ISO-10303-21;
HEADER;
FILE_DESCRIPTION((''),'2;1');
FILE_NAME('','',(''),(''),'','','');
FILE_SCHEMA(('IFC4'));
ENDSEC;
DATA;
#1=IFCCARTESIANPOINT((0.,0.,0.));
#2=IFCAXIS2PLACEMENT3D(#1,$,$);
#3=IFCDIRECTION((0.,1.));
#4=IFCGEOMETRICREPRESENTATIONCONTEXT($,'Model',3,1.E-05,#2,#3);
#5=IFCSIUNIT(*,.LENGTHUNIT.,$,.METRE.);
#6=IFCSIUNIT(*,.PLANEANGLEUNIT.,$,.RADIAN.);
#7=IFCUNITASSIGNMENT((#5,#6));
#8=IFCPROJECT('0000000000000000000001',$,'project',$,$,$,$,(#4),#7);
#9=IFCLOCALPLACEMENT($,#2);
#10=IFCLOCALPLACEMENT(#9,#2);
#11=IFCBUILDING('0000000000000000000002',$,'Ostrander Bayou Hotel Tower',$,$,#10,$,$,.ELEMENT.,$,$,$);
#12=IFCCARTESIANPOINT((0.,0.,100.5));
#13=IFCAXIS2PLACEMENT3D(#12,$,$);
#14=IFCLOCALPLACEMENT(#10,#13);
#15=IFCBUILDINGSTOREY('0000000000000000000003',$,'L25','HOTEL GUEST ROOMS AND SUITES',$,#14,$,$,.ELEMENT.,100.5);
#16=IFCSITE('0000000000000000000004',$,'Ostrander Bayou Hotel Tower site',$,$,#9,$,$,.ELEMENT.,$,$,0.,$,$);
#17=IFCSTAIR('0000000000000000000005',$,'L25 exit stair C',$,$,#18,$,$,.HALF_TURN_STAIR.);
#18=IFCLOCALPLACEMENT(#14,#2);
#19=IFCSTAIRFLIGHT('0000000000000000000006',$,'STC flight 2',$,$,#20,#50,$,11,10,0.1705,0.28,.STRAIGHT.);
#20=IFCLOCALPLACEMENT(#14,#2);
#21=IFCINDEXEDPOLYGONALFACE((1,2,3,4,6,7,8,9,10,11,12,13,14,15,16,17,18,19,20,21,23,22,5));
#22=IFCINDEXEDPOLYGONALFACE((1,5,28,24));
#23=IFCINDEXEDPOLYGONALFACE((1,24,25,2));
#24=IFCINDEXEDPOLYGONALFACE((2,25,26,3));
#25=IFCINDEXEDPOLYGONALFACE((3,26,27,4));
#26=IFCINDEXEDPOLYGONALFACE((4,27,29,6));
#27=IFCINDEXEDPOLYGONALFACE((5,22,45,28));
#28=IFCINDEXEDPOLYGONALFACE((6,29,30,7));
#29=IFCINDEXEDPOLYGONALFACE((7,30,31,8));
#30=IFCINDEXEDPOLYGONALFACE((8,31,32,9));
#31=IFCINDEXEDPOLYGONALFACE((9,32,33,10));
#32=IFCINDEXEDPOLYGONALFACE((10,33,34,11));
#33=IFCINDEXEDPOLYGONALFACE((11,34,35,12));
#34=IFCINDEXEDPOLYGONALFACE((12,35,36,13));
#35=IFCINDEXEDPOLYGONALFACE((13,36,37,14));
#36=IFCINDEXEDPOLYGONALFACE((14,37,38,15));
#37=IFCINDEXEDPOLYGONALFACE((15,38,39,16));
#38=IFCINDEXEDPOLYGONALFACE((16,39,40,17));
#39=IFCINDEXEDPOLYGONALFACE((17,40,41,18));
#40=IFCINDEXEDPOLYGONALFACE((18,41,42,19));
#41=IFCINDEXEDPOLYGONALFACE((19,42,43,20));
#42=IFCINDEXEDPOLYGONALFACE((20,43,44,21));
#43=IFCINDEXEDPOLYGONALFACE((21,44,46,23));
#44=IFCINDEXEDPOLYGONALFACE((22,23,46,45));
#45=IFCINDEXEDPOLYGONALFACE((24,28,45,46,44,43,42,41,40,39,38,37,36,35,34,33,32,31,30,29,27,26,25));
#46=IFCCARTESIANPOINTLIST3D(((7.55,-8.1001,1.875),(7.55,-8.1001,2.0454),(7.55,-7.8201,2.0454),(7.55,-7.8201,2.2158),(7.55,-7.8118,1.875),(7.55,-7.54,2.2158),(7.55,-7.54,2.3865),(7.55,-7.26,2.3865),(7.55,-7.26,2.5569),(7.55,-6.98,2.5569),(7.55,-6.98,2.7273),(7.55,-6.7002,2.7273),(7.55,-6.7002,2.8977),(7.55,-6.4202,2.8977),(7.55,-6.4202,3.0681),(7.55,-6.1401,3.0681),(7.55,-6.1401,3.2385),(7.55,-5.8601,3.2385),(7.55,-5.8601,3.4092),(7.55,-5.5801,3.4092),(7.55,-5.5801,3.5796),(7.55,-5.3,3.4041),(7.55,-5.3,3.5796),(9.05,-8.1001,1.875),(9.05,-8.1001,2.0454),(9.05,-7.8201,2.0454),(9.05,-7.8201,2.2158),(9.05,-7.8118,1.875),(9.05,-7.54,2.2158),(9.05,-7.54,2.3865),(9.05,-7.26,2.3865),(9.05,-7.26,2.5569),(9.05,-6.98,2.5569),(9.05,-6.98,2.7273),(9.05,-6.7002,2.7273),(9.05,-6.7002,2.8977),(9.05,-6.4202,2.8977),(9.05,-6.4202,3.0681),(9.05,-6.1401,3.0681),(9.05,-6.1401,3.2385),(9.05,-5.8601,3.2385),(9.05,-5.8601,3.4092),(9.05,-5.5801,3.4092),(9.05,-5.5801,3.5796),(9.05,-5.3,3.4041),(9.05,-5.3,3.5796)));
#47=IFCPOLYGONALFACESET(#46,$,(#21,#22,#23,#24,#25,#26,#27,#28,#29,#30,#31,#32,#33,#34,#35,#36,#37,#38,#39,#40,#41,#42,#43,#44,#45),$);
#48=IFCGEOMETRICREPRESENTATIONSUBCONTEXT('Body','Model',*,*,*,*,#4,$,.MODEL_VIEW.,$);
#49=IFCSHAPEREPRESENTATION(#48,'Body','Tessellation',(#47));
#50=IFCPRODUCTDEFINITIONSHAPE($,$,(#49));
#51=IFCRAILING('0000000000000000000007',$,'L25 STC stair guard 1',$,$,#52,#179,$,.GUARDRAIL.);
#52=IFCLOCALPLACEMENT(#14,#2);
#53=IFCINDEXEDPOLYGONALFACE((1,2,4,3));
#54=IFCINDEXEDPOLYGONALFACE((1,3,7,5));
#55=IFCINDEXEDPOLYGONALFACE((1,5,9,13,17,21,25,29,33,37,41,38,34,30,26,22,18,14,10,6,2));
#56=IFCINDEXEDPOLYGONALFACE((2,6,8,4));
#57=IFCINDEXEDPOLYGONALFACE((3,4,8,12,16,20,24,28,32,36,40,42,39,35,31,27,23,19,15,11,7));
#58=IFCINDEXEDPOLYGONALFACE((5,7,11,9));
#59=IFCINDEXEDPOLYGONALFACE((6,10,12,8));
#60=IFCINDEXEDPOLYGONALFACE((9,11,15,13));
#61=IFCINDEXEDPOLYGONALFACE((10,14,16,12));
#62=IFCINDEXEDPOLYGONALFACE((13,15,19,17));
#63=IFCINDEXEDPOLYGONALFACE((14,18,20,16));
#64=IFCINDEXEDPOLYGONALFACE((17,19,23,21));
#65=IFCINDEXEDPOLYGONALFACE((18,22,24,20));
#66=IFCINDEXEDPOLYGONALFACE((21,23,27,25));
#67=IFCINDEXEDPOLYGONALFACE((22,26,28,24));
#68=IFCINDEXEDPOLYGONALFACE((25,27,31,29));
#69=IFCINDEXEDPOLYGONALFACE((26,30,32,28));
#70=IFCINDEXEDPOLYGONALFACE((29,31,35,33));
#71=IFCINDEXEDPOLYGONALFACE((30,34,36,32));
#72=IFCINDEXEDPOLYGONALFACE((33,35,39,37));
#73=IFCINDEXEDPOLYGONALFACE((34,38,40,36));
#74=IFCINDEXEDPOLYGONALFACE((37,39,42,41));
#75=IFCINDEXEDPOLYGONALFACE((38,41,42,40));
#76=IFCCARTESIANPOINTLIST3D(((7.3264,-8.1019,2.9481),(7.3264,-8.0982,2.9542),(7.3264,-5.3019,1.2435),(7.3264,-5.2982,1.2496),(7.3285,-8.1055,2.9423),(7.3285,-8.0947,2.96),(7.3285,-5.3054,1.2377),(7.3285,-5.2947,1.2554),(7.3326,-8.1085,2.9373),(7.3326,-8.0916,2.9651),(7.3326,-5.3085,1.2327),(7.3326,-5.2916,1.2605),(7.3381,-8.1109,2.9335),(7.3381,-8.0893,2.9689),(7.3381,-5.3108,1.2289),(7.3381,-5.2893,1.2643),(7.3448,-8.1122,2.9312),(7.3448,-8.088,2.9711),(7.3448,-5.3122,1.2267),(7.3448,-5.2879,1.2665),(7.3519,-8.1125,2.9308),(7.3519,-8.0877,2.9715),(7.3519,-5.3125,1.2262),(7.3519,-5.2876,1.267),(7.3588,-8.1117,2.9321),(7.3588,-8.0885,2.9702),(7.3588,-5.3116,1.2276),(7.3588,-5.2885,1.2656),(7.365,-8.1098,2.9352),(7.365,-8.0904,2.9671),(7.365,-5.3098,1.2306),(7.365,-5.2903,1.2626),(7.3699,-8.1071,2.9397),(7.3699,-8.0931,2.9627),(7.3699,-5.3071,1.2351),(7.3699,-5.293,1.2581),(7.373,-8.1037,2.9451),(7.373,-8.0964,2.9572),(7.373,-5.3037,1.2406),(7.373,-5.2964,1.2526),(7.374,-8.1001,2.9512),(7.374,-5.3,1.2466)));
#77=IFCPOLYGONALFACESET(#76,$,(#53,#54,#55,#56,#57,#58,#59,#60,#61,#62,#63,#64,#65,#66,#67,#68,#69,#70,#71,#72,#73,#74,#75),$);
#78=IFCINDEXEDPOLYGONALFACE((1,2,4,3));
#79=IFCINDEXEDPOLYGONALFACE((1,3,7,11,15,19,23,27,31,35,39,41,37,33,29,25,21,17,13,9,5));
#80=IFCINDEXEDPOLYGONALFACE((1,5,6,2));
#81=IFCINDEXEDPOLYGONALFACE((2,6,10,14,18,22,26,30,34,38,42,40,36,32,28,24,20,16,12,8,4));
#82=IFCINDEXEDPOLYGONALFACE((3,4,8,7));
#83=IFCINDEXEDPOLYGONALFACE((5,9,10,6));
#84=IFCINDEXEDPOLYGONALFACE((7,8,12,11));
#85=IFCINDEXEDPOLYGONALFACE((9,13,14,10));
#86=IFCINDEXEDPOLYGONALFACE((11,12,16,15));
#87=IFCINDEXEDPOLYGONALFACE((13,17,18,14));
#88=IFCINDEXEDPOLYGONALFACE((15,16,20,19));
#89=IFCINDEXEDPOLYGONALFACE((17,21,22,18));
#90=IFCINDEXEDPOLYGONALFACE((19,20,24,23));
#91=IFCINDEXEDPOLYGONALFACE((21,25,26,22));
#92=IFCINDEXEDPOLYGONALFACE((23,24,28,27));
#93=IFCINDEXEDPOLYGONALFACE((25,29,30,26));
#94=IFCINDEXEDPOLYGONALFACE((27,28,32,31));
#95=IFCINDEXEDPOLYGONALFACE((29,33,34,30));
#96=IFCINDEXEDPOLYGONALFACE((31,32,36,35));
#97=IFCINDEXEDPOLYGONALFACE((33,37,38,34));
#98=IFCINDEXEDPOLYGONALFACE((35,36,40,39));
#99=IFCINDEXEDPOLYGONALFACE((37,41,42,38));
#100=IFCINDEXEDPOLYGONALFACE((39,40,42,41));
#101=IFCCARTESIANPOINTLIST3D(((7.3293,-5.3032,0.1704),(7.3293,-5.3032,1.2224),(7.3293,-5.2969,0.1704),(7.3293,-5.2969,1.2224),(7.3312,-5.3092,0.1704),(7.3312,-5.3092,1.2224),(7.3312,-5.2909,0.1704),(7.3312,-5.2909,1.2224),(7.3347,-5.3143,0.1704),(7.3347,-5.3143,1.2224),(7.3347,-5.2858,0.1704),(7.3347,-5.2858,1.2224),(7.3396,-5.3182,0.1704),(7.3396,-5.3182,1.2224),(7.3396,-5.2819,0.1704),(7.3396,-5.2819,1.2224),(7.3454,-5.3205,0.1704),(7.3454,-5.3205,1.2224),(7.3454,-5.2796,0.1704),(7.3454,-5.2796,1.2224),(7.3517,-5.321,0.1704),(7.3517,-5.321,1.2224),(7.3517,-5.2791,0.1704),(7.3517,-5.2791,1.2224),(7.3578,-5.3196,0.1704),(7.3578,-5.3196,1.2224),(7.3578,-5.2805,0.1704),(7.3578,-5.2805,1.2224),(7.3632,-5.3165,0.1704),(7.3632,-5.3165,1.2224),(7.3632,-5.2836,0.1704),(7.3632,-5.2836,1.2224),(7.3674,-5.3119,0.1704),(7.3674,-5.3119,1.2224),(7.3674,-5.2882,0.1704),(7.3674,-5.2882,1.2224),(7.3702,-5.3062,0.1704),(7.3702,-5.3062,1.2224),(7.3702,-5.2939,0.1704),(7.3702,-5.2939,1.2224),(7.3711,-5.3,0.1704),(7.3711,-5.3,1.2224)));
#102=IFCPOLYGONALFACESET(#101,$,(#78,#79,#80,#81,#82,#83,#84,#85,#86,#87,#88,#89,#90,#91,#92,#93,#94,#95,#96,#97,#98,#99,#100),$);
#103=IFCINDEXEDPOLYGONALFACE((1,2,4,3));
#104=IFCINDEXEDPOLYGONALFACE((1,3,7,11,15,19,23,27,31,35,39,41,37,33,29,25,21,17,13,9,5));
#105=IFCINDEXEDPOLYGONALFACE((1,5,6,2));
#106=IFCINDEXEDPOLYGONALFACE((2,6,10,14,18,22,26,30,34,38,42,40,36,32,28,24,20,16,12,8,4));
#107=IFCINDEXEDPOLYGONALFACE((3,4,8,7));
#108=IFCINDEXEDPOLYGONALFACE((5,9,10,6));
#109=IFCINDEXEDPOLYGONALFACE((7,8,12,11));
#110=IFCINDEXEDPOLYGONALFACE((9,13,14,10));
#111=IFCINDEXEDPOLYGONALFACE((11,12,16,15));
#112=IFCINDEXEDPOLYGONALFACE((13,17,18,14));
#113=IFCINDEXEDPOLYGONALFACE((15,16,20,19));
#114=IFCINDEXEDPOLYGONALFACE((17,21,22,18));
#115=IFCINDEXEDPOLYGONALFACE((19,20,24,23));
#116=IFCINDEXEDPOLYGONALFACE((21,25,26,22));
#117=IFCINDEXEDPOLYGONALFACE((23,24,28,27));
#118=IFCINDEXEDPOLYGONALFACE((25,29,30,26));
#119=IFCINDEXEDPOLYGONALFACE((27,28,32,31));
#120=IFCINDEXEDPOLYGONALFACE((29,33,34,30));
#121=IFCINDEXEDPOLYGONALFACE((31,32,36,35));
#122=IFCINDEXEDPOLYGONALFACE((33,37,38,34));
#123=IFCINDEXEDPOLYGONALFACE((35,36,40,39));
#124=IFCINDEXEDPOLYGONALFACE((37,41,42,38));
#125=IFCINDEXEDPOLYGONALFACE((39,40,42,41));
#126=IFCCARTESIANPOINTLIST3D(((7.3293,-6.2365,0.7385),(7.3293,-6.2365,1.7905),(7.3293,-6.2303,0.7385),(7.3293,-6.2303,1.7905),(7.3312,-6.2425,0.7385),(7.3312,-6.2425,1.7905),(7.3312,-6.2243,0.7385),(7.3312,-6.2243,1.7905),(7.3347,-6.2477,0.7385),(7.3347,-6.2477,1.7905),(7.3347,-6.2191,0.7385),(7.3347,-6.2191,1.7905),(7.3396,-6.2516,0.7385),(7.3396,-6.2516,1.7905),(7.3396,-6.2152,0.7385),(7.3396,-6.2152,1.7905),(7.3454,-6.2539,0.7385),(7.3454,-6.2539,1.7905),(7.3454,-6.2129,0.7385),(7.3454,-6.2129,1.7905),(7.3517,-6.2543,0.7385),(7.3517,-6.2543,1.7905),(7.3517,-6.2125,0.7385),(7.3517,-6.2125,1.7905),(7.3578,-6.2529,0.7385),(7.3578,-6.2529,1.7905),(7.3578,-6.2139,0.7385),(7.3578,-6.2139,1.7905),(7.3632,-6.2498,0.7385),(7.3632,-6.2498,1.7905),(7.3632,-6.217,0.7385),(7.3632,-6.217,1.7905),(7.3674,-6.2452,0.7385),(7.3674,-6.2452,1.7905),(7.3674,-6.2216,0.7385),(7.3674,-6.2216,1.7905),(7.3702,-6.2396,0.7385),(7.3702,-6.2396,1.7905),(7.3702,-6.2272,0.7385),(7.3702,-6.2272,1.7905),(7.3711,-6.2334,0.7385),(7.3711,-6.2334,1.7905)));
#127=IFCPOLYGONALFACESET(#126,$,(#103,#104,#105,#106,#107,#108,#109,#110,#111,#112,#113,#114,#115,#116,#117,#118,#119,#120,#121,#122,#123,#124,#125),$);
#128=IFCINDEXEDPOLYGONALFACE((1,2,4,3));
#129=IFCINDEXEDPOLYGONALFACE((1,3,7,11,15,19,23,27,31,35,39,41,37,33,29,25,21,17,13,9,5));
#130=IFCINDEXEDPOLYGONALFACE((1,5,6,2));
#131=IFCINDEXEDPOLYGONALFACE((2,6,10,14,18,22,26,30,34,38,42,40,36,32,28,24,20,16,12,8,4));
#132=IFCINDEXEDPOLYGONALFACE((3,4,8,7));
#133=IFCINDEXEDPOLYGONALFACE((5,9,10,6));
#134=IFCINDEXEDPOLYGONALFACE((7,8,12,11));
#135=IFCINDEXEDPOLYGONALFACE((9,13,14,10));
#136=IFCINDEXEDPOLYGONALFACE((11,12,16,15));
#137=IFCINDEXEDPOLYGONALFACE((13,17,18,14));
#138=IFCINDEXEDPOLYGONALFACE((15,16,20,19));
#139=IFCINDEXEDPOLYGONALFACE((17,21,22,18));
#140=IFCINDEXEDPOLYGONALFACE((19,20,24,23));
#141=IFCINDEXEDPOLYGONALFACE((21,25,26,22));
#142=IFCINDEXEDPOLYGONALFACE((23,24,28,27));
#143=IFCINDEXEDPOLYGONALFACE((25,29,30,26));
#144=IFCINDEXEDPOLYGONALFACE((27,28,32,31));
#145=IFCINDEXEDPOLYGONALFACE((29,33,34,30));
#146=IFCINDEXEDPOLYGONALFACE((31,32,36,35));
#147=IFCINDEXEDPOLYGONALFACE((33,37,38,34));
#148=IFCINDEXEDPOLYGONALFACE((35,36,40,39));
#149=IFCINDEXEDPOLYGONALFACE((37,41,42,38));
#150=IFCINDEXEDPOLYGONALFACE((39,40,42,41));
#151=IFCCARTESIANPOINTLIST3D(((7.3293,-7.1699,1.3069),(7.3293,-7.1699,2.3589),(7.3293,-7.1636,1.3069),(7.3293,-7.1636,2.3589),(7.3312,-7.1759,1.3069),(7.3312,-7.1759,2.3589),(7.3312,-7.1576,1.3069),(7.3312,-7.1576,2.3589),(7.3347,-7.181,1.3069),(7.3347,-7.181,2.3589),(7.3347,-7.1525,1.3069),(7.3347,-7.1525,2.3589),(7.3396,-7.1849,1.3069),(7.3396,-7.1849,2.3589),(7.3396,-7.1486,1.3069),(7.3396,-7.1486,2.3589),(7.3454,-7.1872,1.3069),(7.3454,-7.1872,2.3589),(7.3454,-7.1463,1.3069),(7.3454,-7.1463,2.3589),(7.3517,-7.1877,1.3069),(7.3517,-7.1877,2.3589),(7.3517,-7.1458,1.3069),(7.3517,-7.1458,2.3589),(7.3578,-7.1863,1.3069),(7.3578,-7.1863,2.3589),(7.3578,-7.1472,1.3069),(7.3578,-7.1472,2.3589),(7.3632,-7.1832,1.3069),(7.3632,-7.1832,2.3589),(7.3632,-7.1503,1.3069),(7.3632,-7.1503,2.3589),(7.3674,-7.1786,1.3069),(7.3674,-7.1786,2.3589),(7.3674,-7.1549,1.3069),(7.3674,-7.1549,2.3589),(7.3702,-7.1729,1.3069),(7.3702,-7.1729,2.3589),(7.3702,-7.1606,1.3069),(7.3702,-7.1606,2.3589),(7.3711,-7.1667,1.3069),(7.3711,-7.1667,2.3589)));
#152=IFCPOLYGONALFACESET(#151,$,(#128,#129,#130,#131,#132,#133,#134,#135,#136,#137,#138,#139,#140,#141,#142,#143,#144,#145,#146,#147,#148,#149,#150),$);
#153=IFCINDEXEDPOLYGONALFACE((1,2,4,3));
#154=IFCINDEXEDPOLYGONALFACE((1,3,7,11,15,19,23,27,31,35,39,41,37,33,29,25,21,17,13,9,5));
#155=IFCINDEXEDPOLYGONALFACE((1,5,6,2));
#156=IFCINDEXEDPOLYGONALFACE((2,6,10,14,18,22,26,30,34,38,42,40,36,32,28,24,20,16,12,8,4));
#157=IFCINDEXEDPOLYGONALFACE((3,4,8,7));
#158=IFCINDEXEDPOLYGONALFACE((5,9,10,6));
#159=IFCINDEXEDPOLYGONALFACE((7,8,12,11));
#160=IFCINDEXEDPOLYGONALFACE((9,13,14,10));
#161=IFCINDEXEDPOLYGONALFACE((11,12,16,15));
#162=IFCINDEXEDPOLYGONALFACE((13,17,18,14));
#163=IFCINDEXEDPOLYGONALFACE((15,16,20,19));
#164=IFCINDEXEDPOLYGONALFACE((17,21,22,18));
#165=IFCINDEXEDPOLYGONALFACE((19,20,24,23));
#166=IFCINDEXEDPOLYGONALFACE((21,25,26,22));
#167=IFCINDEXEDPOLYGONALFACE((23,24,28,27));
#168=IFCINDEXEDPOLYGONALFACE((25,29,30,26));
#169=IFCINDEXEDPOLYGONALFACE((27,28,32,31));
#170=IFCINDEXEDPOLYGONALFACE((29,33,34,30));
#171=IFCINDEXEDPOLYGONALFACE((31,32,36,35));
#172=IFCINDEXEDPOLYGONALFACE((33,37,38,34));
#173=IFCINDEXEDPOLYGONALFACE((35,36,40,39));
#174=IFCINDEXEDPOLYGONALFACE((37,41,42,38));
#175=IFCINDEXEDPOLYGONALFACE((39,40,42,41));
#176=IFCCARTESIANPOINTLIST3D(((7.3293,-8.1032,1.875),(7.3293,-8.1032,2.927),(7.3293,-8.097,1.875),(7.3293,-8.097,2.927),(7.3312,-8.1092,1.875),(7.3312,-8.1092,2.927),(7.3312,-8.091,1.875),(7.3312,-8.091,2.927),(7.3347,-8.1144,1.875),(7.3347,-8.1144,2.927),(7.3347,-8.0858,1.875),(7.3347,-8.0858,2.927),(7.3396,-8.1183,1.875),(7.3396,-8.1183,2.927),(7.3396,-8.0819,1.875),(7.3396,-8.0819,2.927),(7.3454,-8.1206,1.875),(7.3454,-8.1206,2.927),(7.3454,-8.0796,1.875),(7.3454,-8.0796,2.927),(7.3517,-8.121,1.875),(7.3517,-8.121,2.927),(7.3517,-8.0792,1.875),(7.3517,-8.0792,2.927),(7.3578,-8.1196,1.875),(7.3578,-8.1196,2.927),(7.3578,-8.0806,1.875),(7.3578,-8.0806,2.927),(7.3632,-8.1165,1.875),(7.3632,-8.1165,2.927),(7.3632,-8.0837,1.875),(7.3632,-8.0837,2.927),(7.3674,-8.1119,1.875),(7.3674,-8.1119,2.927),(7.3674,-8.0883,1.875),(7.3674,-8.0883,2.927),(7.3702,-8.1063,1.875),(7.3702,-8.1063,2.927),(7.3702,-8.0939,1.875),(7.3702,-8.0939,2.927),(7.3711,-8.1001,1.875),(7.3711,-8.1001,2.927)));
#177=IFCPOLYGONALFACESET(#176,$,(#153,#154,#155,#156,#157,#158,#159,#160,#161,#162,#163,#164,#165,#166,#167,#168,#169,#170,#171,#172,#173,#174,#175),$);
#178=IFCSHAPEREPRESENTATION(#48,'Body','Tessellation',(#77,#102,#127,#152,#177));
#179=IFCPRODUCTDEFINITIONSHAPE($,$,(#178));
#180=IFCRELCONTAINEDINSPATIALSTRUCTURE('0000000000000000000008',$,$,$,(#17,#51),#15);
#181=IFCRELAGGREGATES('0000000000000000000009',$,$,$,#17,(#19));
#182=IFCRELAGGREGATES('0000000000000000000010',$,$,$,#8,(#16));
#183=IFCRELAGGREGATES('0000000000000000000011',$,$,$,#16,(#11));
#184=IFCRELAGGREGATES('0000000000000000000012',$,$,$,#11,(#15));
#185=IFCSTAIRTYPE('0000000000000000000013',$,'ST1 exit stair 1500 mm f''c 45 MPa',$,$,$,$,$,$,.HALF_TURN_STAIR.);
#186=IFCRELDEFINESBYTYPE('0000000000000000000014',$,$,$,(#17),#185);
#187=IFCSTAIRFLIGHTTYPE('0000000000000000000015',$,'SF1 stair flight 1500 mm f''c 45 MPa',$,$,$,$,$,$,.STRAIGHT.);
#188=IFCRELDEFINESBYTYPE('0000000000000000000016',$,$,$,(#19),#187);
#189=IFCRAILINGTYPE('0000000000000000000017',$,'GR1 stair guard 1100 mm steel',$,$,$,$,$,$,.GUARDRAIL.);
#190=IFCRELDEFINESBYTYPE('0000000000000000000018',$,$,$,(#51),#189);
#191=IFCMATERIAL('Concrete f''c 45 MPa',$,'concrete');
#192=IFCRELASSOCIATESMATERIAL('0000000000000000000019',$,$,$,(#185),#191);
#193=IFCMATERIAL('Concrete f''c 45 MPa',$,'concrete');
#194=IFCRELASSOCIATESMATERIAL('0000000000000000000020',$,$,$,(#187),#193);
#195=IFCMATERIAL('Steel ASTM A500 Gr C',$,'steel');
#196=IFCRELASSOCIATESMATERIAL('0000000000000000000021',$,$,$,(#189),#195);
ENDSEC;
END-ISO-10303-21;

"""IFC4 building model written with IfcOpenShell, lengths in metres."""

from ifc_helpers import new_model, si_unit, direction, frame, origin, origin_2d, place, context, subcontext, project, spatial, polyline, circle, outline, extrude, material, type_object, element, aggregate, save


model = new_model("IFC4")

# Units and contexts
model_context = context("Model", 3, precision=1e-05, world=origin(), true_north=direction((0.0, 1.0)))
body_context = subcontext(model_context, "Body", "Model", "MODEL_VIEW")
ifc_project = project(units=[si_unit("LENGTHUNIT", "METRE"), si_unit("PLANEANGLEUNIT", "RADIAN")], contexts=[model_context])

# Site, building, storey
site_placement = place(None, origin())
site = spatial("IfcSite", under=ifc_project, at=site_placement, Name="Ostrander Bayou Hotel Tower site", CompositionType="ELEMENT", RefElevation=0.0)
building_placement = place(site_placement, origin())
building = spatial("IfcBuilding", under=site, at=building_placement, Name="Ostrander Bayou Hotel Tower", CompositionType="ELEMENT")
storey_placement = place(building_placement, frame((0.0, 0.0, 100.5)))
storey = spatial("IfcBuildingStorey", under=building, at=storey_placement, Name="L25", Description="HOTEL GUEST ROOMS AND SUITES", CompositionType="ELEMENT", Elevation=100.5)

# Stair, stair flight
ifc_material_1 = material(Name="Concrete f'c 45 MPa", Category="concrete")
stair_type = type_object("IfcStairType", Name="ST1 exit stair 1500 mm f'c 45 MPa", PredefinedType="HALF_TURN_STAIR", material=ifc_material_1)
stair_placement = place(storey_placement, origin())
stair = element("IfcStair", 1, at=stair_placement, inside=storey, type_object=stair_type, Name="L25 exit stair C", PredefinedType="HALF_TURN_STAIR")
ifc_material_2 = material(Name="Concrete f'c 45 MPa", Category="concrete")
stair_flight_type = type_object("IfcStairFlightType", Name="SF1 stair flight 1500 mm f'c 45 MPa", PredefinedType="STRAIGHT", material=ifc_material_2)
stair_flight_1_placement = place(storey_placement, frame((8.3, -8.1001, 1.875), z_axis=(0.0, 0.0, 1.0), x_axis=(0.0, 1.0, 0.0)))
stair_flight_1 = element("IfcStairFlight", 2, at=stair_flight_1_placement, type_object=stair_flight_type, Name="STC flight 2", NumberOfRisers=11, NumberOfTreads=10, PredefinedType="STRAIGHT", RiserHeight=0.1705, TreadLength=0.28, context=body_context, shape_type="SweptSolid", body=[
    extrude(outline(polyline([(0.0, 0.0), (0.0, 0.1704), (0.28, 0.1704), (0.28, 0.3408), (0.5601, 0.3408), (0.5601, 0.5115), (0.8401, 0.5115), (0.8401, 0.6819), (1.1201, 0.6819), (1.1201, 0.8523), (1.3999, 0.8523), (1.3999, 1.0227), (1.6799, 1.0227), (1.6799, 1.1931), (1.96, 1.1931), (1.96, 1.3635), (2.24, 1.3635), (2.24, 1.5342), (2.52, 1.5342), (2.52, 1.7046), (2.8, 1.7046), (2.8, 1.875), (2.8, 1.5291), (0.2883, 0.0), (0.0, 0.0)])), frame((0.0, 0.75, 0.0), z_axis=(0.0, -1.0, 0.0), x_axis=(1.0, 0.0, 0.0)), (0.0, 0.0, 1.0), 1.5),
])
aggregate(stair, [stair_flight_1])

# Railing
ifc_material_3 = material(Name="Steel ASTM A500 Gr C", Category="steel")
railing_type_1 = type_object("IfcRailingType", Name="GR1 stair guard 1100 mm steel", PredefinedType="GUARDRAIL", material=ifc_material_3)
railing_1_placement = place(storey_placement, frame((7.3501, -5.3, 0.1704)))
element("IfcRailing", 3, at=railing_1_placement, inside=storey, type_object=railing_type_1, Name="L25 STC stair guard 1", PredefinedType="GUARDRAIL", context=body_context, shape_type="SweptSolid", body=[
    extrude(circle(Radius=0.0239, at=origin_2d()), frame((0.0, 0.0, 1.0762), z_axis=(0.0, -0.85417, 0.519994), x_axis=(1.0, 0.0, 0.0)), (0.0, 0.0, 1.0), 3.2781),
    extrude(circle(Radius=0.021, at=origin_2d()), origin(), (0.0, 0.0, 1.0), 1.052),
    extrude(circle(Radius=0.021, at=origin_2d()), frame((0.0, -0.9333, 0.5681)), (0.0, 0.0, 1.0), 1.052),
    extrude(circle(Radius=0.021, at=origin_2d()), frame((0.0, -1.8667, 1.1365)), (0.0, 0.0, 1.0), 1.052),
    extrude(circle(Radius=0.021, at=origin_2d()), frame((0.0, -2.8, 1.7046)), (0.0, 0.0, 1.0), 1.052),
])

save(model, "model.ifc")
